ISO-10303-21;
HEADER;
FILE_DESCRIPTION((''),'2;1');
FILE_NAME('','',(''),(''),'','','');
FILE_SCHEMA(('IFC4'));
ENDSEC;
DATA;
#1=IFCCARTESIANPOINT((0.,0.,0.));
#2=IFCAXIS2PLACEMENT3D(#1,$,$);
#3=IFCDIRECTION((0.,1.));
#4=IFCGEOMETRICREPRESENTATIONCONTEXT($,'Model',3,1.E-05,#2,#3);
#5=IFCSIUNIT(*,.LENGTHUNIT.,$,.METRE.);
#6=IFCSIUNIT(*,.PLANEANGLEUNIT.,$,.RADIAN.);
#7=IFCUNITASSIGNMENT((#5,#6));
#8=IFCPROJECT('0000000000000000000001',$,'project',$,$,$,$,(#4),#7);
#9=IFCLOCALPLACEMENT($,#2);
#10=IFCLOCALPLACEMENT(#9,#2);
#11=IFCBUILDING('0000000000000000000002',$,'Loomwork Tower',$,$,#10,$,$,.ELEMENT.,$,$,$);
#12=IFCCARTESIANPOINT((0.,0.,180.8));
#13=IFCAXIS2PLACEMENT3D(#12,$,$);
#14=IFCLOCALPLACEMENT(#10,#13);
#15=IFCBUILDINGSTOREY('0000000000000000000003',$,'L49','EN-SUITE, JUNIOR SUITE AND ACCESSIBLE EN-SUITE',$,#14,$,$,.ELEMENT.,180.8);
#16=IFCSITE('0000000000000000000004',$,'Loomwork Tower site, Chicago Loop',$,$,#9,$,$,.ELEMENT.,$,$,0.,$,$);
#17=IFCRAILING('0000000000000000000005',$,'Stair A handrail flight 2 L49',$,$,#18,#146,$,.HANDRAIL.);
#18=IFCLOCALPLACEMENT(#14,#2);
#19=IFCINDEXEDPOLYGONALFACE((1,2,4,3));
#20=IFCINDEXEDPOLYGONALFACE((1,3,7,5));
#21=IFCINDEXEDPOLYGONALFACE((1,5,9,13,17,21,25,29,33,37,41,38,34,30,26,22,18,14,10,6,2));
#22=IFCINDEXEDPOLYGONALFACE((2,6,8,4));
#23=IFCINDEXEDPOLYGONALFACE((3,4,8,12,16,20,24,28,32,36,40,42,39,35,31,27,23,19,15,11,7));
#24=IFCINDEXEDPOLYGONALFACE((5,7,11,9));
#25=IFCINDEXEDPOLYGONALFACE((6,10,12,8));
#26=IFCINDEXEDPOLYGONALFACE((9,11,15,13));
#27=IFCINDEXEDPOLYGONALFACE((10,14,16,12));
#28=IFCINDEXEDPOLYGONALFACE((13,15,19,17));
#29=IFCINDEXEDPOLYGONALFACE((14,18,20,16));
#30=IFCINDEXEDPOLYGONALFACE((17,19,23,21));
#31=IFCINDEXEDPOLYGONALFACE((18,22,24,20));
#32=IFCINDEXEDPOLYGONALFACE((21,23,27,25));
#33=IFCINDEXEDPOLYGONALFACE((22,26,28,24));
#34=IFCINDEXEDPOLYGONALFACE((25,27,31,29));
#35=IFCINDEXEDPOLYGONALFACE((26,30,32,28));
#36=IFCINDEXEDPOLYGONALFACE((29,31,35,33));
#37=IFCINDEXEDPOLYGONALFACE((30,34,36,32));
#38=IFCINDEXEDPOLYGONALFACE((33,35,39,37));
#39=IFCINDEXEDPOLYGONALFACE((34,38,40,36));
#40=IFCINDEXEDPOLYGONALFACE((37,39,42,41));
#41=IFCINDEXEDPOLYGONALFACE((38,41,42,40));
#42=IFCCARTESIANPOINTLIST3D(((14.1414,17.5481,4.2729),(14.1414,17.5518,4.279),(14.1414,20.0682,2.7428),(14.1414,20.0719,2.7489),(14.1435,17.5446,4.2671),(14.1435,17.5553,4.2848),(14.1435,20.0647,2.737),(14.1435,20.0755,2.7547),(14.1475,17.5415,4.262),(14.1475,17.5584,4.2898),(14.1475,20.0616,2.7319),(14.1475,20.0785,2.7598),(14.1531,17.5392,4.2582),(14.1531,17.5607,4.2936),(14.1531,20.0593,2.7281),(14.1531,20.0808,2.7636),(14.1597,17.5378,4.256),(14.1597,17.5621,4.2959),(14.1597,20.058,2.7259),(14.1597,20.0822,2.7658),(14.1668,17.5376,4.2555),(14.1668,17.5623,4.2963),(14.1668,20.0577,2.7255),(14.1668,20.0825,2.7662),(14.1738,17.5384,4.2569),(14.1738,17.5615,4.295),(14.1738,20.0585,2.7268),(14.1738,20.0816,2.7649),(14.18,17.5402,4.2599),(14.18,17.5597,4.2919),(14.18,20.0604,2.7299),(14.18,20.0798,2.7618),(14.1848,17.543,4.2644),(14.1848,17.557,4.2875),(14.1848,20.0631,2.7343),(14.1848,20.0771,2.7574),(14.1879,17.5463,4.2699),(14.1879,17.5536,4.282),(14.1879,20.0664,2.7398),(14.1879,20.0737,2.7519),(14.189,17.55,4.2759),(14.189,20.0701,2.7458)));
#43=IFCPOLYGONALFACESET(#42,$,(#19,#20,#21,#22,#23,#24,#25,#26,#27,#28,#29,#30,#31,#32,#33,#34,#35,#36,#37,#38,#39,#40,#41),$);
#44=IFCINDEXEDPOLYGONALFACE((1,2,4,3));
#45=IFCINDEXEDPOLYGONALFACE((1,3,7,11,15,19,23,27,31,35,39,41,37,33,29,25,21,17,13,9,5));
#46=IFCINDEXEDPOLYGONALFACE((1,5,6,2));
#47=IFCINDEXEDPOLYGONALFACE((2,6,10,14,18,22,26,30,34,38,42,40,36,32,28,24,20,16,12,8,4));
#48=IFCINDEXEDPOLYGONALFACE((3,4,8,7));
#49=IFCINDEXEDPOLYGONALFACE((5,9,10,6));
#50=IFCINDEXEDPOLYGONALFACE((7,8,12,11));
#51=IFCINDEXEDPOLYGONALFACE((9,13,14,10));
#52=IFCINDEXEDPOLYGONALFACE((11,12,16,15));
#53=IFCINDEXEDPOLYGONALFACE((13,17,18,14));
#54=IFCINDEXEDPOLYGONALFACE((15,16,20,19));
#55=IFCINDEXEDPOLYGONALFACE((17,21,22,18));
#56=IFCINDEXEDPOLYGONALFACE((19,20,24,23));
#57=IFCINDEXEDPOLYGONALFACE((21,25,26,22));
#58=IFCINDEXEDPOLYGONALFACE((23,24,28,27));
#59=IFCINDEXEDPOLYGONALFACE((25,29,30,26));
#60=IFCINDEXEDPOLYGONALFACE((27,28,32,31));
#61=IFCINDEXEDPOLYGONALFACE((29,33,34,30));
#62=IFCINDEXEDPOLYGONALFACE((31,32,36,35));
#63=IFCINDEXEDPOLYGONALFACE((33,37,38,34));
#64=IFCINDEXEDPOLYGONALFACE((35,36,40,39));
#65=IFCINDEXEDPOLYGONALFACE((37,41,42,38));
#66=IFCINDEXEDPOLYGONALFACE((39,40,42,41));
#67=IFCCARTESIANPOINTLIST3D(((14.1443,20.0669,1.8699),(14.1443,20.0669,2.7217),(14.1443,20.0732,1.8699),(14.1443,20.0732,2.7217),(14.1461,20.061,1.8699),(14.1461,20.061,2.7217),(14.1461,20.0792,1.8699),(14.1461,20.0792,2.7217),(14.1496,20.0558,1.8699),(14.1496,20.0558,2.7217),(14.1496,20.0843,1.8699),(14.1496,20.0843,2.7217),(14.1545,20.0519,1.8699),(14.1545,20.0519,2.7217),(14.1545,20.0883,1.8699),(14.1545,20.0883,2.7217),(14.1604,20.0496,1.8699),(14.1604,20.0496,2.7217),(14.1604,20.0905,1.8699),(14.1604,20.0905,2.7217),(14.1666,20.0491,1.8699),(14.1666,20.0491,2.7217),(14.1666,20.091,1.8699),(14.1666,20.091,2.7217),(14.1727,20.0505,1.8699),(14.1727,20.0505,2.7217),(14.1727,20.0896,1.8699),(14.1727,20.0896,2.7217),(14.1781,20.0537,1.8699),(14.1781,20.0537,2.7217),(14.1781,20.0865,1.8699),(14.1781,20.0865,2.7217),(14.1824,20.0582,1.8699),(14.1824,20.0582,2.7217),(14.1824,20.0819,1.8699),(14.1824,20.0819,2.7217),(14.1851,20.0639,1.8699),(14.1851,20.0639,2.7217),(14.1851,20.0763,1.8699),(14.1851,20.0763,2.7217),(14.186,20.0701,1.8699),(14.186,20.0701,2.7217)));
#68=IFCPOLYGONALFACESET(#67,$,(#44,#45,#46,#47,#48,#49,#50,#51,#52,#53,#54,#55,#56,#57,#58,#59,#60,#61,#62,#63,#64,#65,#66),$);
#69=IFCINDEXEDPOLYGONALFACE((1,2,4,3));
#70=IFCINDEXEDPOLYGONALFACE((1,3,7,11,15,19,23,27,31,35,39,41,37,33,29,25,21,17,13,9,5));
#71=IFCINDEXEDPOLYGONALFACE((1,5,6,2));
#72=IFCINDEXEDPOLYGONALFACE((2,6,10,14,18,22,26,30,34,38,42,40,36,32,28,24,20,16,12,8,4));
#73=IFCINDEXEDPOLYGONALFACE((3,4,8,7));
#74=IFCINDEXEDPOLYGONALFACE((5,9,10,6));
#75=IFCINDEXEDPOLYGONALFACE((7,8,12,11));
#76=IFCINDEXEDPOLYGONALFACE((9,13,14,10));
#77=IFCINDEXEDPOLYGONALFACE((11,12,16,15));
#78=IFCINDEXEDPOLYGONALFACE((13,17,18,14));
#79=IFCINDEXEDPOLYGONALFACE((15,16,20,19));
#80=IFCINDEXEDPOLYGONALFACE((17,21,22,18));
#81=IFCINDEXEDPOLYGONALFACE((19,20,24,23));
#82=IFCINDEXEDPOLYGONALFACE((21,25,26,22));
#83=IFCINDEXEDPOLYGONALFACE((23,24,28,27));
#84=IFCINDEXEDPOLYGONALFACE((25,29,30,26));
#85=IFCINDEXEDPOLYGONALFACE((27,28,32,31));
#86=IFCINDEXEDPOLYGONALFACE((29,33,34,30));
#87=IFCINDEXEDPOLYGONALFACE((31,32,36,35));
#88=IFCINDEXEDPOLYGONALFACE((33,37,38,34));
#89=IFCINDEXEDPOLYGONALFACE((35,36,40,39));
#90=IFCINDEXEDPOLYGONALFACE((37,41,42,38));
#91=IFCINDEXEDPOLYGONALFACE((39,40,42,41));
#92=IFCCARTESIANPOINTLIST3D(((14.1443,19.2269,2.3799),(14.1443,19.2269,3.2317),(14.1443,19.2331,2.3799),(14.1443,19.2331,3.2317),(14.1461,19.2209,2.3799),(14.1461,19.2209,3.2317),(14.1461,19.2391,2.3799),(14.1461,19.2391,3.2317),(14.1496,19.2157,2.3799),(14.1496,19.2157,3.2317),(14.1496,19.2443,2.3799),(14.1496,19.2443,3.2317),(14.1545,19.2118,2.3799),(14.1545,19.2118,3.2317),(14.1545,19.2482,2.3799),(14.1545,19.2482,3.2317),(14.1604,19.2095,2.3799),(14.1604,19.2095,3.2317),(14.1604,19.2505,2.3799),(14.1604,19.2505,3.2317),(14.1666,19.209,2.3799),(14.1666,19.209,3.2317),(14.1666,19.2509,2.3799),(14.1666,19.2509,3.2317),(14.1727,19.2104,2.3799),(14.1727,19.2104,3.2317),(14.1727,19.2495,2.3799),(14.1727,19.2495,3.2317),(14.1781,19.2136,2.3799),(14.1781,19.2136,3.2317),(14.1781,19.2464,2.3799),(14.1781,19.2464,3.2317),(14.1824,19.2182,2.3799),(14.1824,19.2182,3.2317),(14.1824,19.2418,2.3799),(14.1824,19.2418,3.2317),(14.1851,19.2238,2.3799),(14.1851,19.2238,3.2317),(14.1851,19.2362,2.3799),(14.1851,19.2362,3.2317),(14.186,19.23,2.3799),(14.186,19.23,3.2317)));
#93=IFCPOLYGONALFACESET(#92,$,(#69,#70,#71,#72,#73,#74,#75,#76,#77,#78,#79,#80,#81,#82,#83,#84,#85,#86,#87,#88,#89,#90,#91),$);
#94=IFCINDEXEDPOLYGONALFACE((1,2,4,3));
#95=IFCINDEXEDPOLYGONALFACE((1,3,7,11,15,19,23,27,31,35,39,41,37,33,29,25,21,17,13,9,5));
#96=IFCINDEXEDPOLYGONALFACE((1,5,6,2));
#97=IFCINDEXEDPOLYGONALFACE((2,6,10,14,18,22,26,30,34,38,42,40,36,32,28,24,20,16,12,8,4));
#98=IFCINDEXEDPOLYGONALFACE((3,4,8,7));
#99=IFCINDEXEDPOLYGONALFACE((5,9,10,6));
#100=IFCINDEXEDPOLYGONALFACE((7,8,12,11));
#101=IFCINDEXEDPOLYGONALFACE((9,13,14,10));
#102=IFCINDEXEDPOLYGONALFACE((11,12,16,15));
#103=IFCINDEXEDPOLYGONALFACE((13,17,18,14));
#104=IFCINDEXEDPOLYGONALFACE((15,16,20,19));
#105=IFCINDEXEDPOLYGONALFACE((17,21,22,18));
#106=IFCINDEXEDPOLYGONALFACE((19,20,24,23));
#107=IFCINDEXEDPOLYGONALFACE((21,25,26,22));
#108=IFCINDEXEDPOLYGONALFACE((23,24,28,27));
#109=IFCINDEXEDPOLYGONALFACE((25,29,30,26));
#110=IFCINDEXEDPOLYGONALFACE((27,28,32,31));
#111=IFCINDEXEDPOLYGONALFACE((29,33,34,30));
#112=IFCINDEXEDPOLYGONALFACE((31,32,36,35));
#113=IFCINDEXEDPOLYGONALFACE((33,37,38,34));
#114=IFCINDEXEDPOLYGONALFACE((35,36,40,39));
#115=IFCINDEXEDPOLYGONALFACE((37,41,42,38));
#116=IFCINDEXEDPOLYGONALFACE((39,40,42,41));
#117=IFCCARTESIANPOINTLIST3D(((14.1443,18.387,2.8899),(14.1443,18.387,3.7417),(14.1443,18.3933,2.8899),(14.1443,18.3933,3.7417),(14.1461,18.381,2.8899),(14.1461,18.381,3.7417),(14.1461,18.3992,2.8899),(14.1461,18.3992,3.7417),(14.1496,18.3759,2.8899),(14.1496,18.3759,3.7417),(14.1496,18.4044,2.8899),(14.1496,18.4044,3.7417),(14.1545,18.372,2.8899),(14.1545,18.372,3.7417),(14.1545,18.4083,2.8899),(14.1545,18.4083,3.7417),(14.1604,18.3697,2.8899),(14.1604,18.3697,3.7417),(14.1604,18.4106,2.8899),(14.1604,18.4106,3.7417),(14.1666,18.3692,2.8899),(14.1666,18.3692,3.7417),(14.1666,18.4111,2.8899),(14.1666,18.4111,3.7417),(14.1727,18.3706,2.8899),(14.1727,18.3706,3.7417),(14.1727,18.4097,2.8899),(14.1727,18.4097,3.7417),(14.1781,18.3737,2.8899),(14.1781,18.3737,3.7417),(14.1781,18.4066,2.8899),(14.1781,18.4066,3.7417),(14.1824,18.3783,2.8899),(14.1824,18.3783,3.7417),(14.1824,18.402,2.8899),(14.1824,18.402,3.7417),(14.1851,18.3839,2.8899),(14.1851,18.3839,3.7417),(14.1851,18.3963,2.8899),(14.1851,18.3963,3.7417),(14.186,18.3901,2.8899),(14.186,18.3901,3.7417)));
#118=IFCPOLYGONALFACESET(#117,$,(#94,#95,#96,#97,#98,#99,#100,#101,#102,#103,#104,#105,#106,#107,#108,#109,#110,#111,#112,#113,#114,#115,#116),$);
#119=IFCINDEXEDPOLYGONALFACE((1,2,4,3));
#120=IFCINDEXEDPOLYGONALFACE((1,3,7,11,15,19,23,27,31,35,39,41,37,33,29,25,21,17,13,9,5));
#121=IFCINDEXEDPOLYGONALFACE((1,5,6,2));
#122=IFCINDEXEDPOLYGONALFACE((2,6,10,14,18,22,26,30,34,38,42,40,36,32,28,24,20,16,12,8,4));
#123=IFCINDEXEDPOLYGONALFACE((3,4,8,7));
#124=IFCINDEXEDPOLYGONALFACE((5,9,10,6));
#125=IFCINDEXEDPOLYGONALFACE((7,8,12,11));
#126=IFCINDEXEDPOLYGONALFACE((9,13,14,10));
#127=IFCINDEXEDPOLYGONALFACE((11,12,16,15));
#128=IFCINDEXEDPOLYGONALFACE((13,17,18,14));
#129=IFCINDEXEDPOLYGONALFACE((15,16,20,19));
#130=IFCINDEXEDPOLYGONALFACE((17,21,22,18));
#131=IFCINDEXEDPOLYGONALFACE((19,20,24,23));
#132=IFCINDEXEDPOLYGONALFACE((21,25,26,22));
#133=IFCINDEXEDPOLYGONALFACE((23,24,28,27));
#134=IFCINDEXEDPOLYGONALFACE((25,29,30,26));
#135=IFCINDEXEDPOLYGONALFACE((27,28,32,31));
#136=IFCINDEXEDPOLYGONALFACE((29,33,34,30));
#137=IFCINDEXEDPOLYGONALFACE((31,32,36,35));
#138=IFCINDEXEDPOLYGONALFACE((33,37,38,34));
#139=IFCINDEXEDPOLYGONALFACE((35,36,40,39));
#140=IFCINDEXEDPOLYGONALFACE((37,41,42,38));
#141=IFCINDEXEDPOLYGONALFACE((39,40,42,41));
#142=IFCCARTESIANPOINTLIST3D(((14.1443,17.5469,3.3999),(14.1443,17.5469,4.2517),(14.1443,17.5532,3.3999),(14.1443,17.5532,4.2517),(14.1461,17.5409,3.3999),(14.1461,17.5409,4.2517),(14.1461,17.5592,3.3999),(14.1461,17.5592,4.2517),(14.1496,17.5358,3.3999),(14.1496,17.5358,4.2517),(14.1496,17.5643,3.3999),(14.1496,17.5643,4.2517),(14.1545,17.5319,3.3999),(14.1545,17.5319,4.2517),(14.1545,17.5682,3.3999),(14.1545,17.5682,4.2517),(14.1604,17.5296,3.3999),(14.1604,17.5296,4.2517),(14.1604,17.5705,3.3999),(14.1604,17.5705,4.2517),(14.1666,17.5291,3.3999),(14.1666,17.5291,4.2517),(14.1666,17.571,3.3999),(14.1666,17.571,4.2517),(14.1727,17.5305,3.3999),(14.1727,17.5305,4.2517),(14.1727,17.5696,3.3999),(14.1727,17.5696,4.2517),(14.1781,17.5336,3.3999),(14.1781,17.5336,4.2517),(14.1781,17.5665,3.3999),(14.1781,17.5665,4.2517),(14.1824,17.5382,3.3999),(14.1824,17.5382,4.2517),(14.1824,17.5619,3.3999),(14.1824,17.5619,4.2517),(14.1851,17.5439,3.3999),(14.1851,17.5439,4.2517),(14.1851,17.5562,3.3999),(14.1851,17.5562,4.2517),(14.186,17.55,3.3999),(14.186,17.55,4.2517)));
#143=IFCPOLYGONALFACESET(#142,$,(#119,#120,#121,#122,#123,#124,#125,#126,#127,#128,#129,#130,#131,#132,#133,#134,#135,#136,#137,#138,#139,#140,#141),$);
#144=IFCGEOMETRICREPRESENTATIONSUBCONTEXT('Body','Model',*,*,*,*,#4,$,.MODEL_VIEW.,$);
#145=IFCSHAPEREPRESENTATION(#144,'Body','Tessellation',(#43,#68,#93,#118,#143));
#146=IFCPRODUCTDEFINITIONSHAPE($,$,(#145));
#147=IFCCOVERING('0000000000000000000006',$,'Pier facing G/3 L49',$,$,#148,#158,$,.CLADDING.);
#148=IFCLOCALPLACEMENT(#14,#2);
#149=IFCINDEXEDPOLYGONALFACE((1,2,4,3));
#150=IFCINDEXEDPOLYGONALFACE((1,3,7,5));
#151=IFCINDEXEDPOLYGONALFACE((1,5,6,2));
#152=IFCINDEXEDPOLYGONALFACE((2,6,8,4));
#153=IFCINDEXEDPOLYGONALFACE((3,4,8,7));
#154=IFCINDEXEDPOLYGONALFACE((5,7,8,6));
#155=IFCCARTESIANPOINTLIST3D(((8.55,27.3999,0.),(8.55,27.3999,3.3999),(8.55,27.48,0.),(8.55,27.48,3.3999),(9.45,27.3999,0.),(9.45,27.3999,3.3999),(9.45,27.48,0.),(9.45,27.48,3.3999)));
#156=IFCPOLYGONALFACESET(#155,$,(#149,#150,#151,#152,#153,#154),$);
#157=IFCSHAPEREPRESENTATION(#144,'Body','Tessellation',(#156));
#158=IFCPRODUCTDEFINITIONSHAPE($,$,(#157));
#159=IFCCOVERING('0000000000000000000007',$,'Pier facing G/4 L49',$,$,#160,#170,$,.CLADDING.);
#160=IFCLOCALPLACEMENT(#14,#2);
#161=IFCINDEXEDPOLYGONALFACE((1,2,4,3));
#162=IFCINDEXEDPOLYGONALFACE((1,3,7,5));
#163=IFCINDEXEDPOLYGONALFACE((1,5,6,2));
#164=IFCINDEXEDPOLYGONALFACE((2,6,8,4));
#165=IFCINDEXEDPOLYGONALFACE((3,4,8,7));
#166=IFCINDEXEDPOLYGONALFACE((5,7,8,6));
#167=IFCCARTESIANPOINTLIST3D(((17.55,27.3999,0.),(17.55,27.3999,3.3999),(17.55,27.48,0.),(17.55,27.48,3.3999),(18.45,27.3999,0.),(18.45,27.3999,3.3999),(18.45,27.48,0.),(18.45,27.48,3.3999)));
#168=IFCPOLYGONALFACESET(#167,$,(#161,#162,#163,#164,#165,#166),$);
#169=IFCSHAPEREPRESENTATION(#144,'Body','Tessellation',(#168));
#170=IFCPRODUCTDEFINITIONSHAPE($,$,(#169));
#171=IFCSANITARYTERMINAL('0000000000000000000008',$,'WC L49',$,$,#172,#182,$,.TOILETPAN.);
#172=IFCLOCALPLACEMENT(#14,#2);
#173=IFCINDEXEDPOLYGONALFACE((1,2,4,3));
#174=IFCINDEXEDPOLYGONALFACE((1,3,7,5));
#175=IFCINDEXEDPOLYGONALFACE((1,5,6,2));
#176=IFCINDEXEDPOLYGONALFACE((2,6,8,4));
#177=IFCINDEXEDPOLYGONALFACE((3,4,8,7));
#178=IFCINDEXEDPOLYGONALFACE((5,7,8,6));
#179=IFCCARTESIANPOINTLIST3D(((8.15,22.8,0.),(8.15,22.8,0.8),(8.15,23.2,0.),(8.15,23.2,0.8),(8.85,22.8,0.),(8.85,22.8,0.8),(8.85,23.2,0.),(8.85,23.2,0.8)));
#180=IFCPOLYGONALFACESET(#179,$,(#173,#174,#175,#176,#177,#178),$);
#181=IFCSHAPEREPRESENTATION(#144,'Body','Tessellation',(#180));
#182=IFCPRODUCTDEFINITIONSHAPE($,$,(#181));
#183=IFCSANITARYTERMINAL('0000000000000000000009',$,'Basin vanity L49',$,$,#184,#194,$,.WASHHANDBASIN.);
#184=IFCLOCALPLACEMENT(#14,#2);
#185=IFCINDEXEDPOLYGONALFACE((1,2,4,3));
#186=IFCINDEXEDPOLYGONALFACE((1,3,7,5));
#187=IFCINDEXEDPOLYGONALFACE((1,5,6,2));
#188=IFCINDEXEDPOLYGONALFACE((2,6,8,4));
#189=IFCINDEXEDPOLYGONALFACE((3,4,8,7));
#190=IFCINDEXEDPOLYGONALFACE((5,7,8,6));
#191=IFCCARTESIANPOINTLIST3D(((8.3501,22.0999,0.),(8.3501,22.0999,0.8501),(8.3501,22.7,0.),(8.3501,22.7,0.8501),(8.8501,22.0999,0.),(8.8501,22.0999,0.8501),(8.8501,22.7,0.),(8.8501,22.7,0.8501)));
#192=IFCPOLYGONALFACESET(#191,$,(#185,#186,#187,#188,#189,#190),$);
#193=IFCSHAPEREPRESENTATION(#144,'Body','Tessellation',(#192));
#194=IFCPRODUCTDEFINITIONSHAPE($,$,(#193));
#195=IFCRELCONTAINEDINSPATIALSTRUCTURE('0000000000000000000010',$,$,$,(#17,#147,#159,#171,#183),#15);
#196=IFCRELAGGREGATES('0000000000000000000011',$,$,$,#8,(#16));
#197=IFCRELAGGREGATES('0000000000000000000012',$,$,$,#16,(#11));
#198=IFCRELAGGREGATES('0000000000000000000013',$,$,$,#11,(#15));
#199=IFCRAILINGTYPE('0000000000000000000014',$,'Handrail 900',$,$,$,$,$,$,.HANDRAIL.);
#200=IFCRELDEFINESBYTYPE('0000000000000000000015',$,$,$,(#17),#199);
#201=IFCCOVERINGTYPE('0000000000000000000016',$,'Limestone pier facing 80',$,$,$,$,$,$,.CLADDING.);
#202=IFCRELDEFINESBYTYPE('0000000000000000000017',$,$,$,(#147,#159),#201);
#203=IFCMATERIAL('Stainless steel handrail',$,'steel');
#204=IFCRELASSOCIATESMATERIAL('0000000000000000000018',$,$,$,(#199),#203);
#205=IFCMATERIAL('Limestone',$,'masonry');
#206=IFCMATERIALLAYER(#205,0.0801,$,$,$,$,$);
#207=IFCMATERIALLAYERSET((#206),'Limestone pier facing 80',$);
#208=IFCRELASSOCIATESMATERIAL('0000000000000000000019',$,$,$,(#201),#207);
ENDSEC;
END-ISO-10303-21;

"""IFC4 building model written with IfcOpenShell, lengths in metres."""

from ifc_helpers import new_model, si_unit, direction, frame, origin, origin_2d, place, context, subcontext, project, spatial, rectangle, circle, extrude, material, layer, layer_set, type_object, element, save


model = new_model("IFC4")

# Units and contexts
model_context = context("Model", 3, precision=1e-05, world=origin(), true_north=direction((0.0, 1.0)))
body_context = subcontext(model_context, "Body", "Model", "MODEL_VIEW")
ifc_project = project(units=[si_unit("LENGTHUNIT", "METRE"), si_unit("PLANEANGLEUNIT", "RADIAN")], contexts=[model_context])

# Site, building, storey
site_placement = place(None, origin())
site = spatial("IfcSite", under=ifc_project, at=site_placement, Name="Loomwork Tower site, Chicago Loop", CompositionType="ELEMENT", RefElevation=0.0)
building_placement = place(site_placement, origin())
building = spatial("IfcBuilding", under=site, at=building_placement, Name="Loomwork Tower", CompositionType="ELEMENT")
storey_placement = place(building_placement, frame((0.0, 0.0, 180.8)))
storey = spatial("IfcBuildingStorey", under=building, at=storey_placement, Name="L49", Description="EN-SUITE, JUNIOR SUITE AND ACCESSIBLE EN-SUITE", CompositionType="ELEMENT", Elevation=180.8)

# Railing
ifc_material_1 = material(Name="Stainless steel handrail", Category="steel")
railing_type = type_object("IfcRailingType", Name="Handrail 900", PredefinedType="HANDRAIL", material=ifc_material_1)
railing_placement = place(storey_placement, frame((14.165, 20.0701, 1.8699)))
element("IfcRailing", 1, at=railing_placement, inside=storey, type_object=railing_type, Name="Stair A handrail flight 2 L49", PredefinedType="HANDRAIL", context=body_context, shape_type="SweptSolid", body=[
    extrude(circle(Radius=0.0239, at=origin_2d()), frame((0.0, 0.0, 0.876), z_axis=(0.0, -0.854785, 0.518982), x_axis=(1.0, 0.0, 0.0)), (0.0, 0.0, 1.0), 2.9482),
    extrude(circle(Radius=0.021, at=origin_2d()), origin(), (0.0, 0.0, 1.0), 0.8518),
    extrude(circle(Radius=0.021, at=origin_2d()), frame((0.0, -0.8401, 0.51)), (0.0, 0.0, 1.0), 0.8518),
    extrude(circle(Radius=0.021, at=origin_2d()), frame((0.0, -1.6799, 1.02)), (0.0, 0.0, 1.0), 0.8518),
    extrude(circle(Radius=0.021, at=origin_2d()), frame((0.0, -2.52, 1.53)), (0.0, 0.0, 1.0), 0.8518),
])

# Coverings
ifc_material_2 = material(Name="Limestone", Category="masonry")
ifc_layer_1 = layer(ifc_material_2, 0.0801)
ifc_layer_set_1 = layer_set([ifc_layer_1], Name="Limestone pier facing 80")
covering_type = type_object("IfcCoveringType", Name="Limestone pier facing 80", PredefinedType="CLADDING", material=ifc_layer_set_1)
for number, where, z_axis, x_axis, name in (
    (2, (9.0, 27.4399, 0.0), (0.0, 0.0, 1.0), (1.0, 0.0, 0.0), "Pier facing G/3 L49"),
    (3, (18.0, 27.4399, 0.0), (0.0, 0.0, 1.0), (1.0, 0.0, 0.0), "Pier facing G/4 L49"),
):
    element("IfcCovering", number, at=place(storey_placement, frame(where, z_axis=z_axis, x_axis=x_axis)), inside=storey, type_object=covering_type, Name=name, PredefinedType="CLADDING", context=body_context, shape_type="SweptSolid", body=[
        extrude(rectangle(XDim=0.8999, YDim=0.0801, at=origin_2d()), origin(), (0.0, 0.0, 1.0), 3.3999),
    ])

# Sanitary terminals
sanitary_terminal_1_placement = place(storey_placement, frame((8.5, 23.0, 0.0), z_axis=(0.0, 0.0, 1.0), x_axis=(1.0, 0.0, 0.0)))
element("IfcSanitaryTerminal", 4, at=sanitary_terminal_1_placement, inside=storey, Name="WC L49", PredefinedType="TOILETPAN", context=body_context, shape_type="SweptSolid", body=[
    extrude(rectangle(XDim=0.7, YDim=0.3999, at=origin_2d()), origin(), (0.0, 0.0, 1.0), 0.8),
])
sanitary_terminal_2_placement = place(storey_placement, frame((8.6001, 22.3999, 0.0), z_axis=(0.0, 0.0, 1.0), x_axis=(1.0, 0.0, 0.0)))
element("IfcSanitaryTerminal", 5, at=sanitary_terminal_2_placement, inside=storey, Name="Basin vanity L49", PredefinedType="WASHHANDBASIN", context=body_context, shape_type="SweptSolid", body=[
    extrude(rectangle(XDim=0.5, YDim=0.6001, at=origin_2d()), origin(), (0.0, 0.0, 1.0), 0.8501),
])

save(model, "model.ifc")
